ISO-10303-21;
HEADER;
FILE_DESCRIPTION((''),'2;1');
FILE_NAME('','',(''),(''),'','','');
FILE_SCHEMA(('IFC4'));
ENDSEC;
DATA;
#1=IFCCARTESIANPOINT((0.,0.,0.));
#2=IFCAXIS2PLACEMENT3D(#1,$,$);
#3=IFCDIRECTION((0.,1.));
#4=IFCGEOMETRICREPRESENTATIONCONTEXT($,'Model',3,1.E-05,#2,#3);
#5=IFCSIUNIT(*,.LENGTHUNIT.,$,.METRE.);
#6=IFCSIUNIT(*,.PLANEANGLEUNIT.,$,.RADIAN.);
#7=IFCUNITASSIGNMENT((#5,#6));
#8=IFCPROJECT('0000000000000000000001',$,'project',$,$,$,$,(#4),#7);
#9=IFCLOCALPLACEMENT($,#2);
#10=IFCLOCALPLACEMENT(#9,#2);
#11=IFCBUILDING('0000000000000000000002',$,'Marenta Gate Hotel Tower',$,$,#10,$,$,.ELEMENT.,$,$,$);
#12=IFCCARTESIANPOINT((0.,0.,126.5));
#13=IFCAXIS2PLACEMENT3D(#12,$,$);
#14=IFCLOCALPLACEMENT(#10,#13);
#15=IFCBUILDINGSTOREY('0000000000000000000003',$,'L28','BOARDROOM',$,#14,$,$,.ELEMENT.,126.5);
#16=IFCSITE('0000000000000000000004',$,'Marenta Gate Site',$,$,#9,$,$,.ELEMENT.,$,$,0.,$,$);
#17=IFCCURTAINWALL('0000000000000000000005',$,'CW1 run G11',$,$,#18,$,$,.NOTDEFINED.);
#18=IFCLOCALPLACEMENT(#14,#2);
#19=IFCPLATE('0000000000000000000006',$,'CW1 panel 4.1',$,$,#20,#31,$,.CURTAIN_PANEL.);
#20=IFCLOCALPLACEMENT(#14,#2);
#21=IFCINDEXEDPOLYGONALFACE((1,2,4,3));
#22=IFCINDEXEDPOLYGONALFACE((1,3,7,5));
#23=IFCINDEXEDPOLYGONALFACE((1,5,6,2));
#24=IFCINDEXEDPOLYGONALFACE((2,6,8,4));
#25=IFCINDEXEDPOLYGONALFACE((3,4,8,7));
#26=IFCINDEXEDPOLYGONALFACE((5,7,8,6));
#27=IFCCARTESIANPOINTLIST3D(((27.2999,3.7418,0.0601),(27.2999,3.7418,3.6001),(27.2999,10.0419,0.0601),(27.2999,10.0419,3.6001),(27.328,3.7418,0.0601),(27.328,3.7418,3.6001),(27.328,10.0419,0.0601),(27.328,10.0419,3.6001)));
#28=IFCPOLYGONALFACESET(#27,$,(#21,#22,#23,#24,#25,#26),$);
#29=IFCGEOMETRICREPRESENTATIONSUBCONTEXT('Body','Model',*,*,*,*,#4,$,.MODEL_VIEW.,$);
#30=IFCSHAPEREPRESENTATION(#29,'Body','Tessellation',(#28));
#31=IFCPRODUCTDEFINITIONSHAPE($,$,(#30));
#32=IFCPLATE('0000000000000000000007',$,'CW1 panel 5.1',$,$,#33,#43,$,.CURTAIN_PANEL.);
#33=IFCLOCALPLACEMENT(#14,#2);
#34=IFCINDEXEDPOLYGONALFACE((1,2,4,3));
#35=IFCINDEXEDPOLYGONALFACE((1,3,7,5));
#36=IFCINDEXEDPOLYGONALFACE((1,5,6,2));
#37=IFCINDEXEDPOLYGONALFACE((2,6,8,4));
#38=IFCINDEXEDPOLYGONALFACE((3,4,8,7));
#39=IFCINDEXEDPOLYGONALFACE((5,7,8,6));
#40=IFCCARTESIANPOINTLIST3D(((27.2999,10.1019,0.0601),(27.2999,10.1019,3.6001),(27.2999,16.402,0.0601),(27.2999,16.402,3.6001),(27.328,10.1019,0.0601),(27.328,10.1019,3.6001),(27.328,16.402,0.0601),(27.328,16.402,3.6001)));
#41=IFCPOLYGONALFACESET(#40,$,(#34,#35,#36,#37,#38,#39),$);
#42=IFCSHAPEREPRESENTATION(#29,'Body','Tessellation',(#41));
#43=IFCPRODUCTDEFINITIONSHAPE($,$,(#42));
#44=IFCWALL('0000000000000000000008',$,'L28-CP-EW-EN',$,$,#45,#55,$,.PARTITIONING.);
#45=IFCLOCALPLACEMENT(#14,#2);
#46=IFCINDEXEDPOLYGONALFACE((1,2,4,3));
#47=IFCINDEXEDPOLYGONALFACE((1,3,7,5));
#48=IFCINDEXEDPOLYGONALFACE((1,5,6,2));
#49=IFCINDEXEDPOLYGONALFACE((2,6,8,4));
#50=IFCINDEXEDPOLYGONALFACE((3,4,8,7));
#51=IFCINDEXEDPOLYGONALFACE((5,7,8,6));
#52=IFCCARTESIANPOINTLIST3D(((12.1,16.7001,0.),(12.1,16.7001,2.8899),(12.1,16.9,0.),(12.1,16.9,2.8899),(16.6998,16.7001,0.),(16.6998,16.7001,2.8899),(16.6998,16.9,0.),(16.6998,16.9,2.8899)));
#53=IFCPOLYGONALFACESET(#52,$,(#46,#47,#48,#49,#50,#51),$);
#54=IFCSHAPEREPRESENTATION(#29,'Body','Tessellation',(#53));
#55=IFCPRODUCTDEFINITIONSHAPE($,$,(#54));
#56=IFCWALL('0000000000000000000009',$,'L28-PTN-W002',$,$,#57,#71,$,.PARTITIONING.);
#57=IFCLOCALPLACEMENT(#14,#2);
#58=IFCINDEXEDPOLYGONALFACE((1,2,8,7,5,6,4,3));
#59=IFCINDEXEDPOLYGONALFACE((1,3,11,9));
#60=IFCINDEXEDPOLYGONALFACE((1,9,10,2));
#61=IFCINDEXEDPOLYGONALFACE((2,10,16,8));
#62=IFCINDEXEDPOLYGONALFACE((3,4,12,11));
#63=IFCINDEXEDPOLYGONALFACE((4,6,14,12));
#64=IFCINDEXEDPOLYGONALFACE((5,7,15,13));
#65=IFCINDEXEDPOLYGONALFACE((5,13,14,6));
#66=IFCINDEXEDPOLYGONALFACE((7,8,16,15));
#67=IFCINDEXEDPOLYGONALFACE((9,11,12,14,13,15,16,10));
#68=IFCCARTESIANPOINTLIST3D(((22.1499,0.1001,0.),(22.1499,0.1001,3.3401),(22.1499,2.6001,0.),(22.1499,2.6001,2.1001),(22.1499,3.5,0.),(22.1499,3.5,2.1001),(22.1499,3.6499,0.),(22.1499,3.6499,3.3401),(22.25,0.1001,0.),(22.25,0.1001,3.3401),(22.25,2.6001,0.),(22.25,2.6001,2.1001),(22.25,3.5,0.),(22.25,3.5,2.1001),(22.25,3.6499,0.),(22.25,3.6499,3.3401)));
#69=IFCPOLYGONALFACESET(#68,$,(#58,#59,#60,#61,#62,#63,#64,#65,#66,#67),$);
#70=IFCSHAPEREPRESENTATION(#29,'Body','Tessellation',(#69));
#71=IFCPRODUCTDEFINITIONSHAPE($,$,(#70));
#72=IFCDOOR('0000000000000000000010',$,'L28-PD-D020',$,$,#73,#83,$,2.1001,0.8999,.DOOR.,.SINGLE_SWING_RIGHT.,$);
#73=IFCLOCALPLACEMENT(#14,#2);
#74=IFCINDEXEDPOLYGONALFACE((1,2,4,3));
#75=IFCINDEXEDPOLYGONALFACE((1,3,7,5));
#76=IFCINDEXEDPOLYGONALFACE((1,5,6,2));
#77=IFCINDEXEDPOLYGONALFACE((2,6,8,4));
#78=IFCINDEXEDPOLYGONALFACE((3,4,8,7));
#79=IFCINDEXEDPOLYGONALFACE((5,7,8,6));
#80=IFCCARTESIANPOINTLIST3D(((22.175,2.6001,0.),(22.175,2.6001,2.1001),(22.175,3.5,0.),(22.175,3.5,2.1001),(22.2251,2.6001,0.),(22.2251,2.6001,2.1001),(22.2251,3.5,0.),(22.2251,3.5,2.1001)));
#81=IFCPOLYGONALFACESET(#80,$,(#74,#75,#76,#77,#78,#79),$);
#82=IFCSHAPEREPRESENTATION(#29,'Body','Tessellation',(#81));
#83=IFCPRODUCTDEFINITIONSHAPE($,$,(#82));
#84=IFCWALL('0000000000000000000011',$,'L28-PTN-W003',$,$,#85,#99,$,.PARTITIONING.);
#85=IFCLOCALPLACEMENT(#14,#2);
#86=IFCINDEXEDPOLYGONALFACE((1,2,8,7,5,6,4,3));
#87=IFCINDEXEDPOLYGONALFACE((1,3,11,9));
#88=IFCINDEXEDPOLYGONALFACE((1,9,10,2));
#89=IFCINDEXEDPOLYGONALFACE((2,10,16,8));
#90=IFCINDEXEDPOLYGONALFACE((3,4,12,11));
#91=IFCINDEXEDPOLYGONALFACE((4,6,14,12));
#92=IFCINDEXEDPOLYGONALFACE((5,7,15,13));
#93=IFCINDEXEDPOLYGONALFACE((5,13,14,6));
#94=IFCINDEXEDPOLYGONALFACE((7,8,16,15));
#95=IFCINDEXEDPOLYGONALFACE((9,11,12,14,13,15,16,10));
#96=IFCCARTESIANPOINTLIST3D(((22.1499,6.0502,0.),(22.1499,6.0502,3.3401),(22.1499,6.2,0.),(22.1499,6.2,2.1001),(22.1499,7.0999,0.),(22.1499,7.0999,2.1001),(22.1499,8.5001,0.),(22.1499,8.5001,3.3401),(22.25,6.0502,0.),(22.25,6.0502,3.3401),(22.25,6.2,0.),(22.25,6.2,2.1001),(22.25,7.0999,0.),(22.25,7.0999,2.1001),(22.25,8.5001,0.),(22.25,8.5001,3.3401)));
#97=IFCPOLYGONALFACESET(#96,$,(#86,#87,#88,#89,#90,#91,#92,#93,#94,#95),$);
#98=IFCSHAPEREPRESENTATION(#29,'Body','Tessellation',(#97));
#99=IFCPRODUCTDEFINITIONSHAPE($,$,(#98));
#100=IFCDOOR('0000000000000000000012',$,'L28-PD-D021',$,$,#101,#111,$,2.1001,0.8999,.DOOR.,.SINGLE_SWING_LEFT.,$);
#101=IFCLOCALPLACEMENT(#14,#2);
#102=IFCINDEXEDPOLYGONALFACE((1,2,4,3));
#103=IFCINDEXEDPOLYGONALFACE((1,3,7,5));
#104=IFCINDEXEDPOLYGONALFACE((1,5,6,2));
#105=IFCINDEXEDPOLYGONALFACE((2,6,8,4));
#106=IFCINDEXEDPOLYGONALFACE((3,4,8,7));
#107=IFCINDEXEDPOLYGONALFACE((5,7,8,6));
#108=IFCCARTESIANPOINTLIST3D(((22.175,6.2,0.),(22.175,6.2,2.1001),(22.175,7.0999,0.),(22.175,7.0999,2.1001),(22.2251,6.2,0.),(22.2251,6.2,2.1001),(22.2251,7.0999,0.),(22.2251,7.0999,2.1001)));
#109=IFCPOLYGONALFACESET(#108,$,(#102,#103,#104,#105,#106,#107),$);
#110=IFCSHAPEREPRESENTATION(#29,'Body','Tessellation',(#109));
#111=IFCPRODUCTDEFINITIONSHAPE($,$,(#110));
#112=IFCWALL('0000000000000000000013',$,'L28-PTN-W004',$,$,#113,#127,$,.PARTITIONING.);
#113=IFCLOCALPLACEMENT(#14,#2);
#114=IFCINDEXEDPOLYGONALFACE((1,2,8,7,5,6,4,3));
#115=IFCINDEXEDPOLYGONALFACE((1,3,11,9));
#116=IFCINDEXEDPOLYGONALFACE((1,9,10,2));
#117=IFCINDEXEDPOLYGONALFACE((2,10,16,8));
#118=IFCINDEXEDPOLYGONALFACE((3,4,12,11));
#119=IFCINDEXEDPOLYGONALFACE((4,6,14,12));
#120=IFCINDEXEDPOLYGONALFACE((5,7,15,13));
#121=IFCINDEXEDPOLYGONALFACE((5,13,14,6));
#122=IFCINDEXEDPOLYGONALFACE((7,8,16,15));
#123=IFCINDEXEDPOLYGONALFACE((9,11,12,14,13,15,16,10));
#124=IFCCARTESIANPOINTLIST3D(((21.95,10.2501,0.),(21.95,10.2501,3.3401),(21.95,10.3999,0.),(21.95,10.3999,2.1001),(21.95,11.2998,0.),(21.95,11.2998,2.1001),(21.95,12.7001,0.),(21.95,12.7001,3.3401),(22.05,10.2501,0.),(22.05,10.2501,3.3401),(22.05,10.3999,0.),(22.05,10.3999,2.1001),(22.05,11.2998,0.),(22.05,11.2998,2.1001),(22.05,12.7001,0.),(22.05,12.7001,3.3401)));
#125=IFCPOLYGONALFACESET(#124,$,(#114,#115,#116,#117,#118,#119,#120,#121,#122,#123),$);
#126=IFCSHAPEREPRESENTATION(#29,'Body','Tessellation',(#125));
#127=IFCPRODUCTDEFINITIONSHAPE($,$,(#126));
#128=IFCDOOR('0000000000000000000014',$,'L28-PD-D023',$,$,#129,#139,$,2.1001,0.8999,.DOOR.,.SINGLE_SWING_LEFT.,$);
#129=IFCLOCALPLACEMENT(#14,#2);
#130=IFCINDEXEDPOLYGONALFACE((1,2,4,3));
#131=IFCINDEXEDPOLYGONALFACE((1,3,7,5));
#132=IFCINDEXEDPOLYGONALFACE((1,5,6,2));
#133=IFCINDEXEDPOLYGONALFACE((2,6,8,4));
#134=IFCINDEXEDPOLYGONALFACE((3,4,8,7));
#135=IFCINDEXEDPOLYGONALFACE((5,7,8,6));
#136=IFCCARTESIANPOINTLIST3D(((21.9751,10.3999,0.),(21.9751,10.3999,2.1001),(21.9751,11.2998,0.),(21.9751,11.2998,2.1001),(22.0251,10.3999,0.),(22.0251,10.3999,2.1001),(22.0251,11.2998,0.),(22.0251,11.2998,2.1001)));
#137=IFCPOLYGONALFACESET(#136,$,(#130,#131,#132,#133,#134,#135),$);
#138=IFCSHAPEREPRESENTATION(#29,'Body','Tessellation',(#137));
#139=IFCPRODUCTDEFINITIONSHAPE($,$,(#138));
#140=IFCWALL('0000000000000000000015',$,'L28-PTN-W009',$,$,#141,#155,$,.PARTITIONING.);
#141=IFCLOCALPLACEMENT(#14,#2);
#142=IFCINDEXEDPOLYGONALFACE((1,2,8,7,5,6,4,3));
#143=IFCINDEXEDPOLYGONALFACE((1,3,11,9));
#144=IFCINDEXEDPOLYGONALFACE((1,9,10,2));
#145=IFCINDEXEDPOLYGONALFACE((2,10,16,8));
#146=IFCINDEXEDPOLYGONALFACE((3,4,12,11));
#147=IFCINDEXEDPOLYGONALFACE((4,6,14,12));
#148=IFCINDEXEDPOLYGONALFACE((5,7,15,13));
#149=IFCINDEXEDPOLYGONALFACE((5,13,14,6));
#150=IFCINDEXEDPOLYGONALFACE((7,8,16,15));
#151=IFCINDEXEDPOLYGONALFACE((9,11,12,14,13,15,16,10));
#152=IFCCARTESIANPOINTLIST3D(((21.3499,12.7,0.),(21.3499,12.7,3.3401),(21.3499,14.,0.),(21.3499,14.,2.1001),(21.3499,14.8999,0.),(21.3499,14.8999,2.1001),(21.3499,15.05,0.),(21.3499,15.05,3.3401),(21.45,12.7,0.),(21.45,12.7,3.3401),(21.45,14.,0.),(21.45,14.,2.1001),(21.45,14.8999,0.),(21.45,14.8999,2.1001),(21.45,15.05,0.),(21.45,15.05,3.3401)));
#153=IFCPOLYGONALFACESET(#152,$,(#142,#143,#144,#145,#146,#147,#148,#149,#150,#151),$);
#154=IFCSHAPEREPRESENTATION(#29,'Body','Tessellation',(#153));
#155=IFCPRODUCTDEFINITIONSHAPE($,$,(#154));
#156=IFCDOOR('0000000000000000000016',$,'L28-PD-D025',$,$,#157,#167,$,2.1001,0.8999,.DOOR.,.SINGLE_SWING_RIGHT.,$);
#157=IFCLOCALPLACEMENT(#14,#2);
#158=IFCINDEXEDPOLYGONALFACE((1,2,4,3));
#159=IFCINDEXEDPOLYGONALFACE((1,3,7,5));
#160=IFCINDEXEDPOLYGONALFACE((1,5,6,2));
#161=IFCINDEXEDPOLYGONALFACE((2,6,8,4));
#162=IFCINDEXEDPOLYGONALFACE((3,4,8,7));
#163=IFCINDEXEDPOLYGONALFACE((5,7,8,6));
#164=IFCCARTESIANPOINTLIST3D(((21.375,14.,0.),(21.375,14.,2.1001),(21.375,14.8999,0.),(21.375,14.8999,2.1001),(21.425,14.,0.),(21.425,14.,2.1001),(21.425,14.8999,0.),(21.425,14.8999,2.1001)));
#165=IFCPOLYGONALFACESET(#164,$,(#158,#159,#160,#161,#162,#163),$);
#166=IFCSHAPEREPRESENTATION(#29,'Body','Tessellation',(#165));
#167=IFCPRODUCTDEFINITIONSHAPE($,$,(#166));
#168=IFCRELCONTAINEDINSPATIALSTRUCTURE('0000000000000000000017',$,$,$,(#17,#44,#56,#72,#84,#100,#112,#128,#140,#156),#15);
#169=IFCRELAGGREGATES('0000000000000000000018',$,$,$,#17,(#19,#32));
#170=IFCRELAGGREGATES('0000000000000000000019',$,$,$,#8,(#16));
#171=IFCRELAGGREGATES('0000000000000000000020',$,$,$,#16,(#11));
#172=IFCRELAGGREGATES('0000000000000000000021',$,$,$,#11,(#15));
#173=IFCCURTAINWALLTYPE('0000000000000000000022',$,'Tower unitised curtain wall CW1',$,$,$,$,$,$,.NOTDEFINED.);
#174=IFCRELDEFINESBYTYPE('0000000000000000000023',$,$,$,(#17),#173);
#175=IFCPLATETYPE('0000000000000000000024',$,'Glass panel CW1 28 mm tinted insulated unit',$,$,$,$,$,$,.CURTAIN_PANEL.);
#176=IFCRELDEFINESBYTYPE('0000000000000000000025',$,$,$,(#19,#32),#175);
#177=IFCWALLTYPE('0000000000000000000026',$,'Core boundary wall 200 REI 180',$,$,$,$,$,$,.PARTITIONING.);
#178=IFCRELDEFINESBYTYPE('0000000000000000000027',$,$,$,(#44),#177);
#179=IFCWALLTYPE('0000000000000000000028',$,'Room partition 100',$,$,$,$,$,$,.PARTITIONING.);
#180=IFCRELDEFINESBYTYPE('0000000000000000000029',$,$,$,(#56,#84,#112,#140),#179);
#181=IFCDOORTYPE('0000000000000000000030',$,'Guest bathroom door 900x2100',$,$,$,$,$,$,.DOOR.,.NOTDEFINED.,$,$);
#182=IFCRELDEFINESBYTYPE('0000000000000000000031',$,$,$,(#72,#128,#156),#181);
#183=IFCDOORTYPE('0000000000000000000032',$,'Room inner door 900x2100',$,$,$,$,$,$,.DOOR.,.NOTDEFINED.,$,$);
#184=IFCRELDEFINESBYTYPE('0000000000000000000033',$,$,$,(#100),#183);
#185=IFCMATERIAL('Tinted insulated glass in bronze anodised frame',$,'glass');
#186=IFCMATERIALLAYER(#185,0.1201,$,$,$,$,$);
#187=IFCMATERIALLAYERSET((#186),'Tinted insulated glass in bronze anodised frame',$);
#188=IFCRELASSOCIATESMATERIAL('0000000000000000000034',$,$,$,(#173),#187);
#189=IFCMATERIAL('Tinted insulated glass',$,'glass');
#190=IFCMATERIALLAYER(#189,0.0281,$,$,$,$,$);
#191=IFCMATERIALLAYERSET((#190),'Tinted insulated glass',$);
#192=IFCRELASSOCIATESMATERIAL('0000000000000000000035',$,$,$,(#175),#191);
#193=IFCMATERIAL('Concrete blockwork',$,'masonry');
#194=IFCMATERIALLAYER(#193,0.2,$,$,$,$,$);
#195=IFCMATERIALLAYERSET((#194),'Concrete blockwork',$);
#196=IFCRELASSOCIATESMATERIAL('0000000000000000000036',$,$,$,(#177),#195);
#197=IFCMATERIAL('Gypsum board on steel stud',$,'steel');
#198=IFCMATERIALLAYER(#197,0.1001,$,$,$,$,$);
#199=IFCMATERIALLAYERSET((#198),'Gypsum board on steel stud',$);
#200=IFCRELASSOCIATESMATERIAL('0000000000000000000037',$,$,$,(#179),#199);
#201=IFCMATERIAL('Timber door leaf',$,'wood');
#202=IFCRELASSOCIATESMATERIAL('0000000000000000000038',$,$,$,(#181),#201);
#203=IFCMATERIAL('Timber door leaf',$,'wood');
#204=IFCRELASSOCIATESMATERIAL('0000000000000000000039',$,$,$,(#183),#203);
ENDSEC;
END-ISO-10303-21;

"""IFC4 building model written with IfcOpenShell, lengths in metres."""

from ifc_helpers import new_model, si_unit, direction, frame, frame_2d, origin, origin_2d, place, context, subcontext, project, spatial, rectangle, extrude, material, layer, layer_set, type_object, element, fill, aggregate, save


model = new_model("IFC4")

# Units and contexts
model_context = context("Model", 3, precision=1e-05, world=origin(), true_north=direction((0.0, 1.0)))
body_context = subcontext(model_context, "Body", "Model", "MODEL_VIEW")
ifc_project = project(units=[si_unit("LENGTHUNIT", "METRE"), si_unit("PLANEANGLEUNIT", "RADIAN")], contexts=[model_context])

# Site, building, storey
site_placement = place(None, origin())
site = spatial("IfcSite", under=ifc_project, at=site_placement, Name="Marenta Gate Site", CompositionType="ELEMENT", RefElevation=0.0)
building_placement = place(site_placement, origin())
building = spatial("IfcBuilding", under=site, at=building_placement, Name="Marenta Gate Hotel Tower", CompositionType="ELEMENT")
storey_placement = place(building_placement, frame((0.0, 0.0, 126.5)))
storey = spatial("IfcBuildingStorey", under=building, at=storey_placement, Name="L28", Description="BOARDROOM", CompositionType="ELEMENT", Elevation=126.5)

# Curtain wall, plates
ifc_material_1 = material(Name="Tinted insulated glass in bronze anodised frame", Category="glass")
ifc_layer_1 = layer(ifc_material_1, 0.1201)
ifc_layer_set_1 = layer_set([ifc_layer_1], Name="Tinted insulated glass in bronze anodised frame")
curtain_wall_type = type_object("IfcCurtainWallType", Name="Tower unitised curtain wall CW1", PredefinedType="NOTDEFINED", material=ifc_layer_set_1)
curtain_wall_placement = place(storey_placement, origin())
curtain_wall = element("IfcCurtainWall", 1, at=curtain_wall_placement, inside=storey, type_object=curtain_wall_type, Name="CW1 run G11", PredefinedType="NOTDEFINED")
ifc_material_2 = material(Name="Tinted insulated glass", Category="glass")
ifc_layer_2 = layer(ifc_material_2, 0.0281)
ifc_layer_set_2 = layer_set([ifc_layer_2], Name="Tinted insulated glass")
plate_type = type_object("IfcPlateType", Name="Glass panel CW1 28 mm tinted insulated unit", PredefinedType="CURTAIN_PANEL", material=ifc_layer_set_2)
plate_1_placement = place(storey_placement, frame((27.314, 6.8918, 0.0601), z_axis=(0.0, 0.0, 1.0), x_axis=(0.0, 1.0, 0.0)))
plate_1 = element("IfcPlate", 2, at=plate_1_placement, type_object=plate_type, Name="CW1 panel 4.1", PredefinedType="CURTAIN_PANEL", context=body_context, shape_type="SweptSolid", body=[
    extrude(rectangle(XDim=6.3, YDim=0.0281, at=origin_2d()), origin(), (0.0, 0.0, 1.0), 3.54),
])
plate_2_placement = place(storey_placement, frame((27.314, 13.252, 0.0601), z_axis=(0.0, 0.0, 1.0), x_axis=(0.0, 1.0, 0.0)))
plate_2 = element("IfcPlate", 3, at=plate_2_placement, type_object=plate_type, Name="CW1 panel 5.1", PredefinedType="CURTAIN_PANEL", context=body_context, shape_type="SweptSolid", body=[
    extrude(rectangle(XDim=6.3, YDim=0.0281, at=origin_2d()), origin(), (0.0, 0.0, 1.0), 3.54),
])
aggregate(curtain_wall, [plate_1, plate_2])

# Wall
ifc_material_3 = material(Name="Concrete blockwork", Category="masonry")
ifc_layer_3 = layer(ifc_material_3, 0.2)
ifc_layer_set_3 = layer_set([ifc_layer_3], Name="Concrete blockwork")
wall_type_1 = type_object("IfcWallType", Name="Core boundary wall 200 REI 180", PredefinedType="PARTITIONING", material=ifc_layer_set_3)
wall_1_placement = place(storey_placement, frame((12.1001, 16.8, 0.0), z_axis=(0.0, 0.0, 1.0), x_axis=(1.0, 0.0, 0.0)))
element("IfcWall", 4, at=wall_1_placement, inside=storey, type_object=wall_type_1, Name="L28-CP-EW-EN", PredefinedType="PARTITIONING", context=body_context, shape_type="SweptSolid", body=[
    extrude(rectangle(XDim=4.5999, YDim=0.2, at=frame_2d((2.2998, 0.0))), origin(), (0.0, 0.0, 1.0), 2.8899),
])

# Walls, openings, doors
ifc_material_4 = material(Name="Gypsum board on steel stud", Category="steel")
ifc_layer_4 = layer(ifc_material_4, 0.1001)
ifc_layer_set_4 = layer_set([ifc_layer_4], Name="Gypsum board on steel stud")
wall_type_2 = type_object("IfcWallType", Name="Room partition 100", PredefinedType="PARTITIONING", material=ifc_layer_set_4)
wall_2_placement = place(storey_placement, frame((22.2, 0.1001, 0.0), z_axis=(0.0, 0.0, 1.0), x_axis=(0.0, 1.0, 0.0)))
wall_2 = element("IfcWall", 5, at=wall_2_placement, inside=storey, type_object=wall_type_2, Name="L28-PTN-W002", PredefinedType="PARTITIONING", context=body_context, shape_type="SweptSolid", body=[
    extrude(rectangle(XDim=3.5498, YDim=0.1001, at=frame_2d((1.7749, 0.0))), origin(), (0.0, 0.0, 1.0), 3.3401),
])
opening_1_placement = place(wall_2_placement, frame((2.5, 0.0, 0.0)))
opening_1 = element("IfcOpeningElement", 6, at=opening_1_placement, cuts=wall_2, PredefinedType="OPENING", context=body_context, shape_type="SweptSolid", body=[
    extrude(rectangle(XDim=0.8999, YDim=2.1001, at=frame_2d((0.45, 1.05))), frame((0.0, 0.05, 0.0), z_axis=(0.0, -1.0, 0.0), x_axis=(1.0, 0.0, 0.0)), (0.0, 0.0, 1.0), 0.1001),
])
ifc_material_5 = material(Name="Timber door leaf", Category="wood")
door_type_1 = type_object("IfcDoorType", Name="Guest bathroom door 900x2100", OperationType="NOTDEFINED", PredefinedType="DOOR", material=ifc_material_5)
door_1_placement = place(opening_1_placement, origin())
door_1 = element("IfcDoor", 7, at=door_1_placement, inside=storey, type_object=door_type_1, Name="L28-PD-D020", OperationType="SINGLE_SWING_RIGHT", OverallHeight=2.1001, OverallWidth=0.8999, PredefinedType="DOOR", context=body_context, shape_type="SweptSolid", body=[
    extrude(rectangle(XDim=0.8999, YDim=2.1001, at=frame_2d((0.45, 1.05))), frame((0.0, 0.0249, 0.0), z_axis=(0.0, -1.0, 0.0), x_axis=(1.0, 0.0, 0.0)), (0.0, 0.0, 1.0), 0.05),
])
fill(opening_1, door_1)
wall_3_placement = place(storey_placement, frame((22.2, 6.05, 0.0), z_axis=(0.0, 0.0, 1.0), x_axis=(0.0, 1.0, 0.0)))
wall_3 = element("IfcWall", 8, at=wall_3_placement, inside=storey, type_object=wall_type_2, Name="L28-PTN-W003", PredefinedType="PARTITIONING", context=body_context, shape_type="SweptSolid", body=[
    extrude(rectangle(XDim=2.45, YDim=0.1001, at=frame_2d((1.2251, 0.0))), origin(), (0.0, 0.0, 1.0), 3.3401),
])
opening_2_placement = place(wall_3_placement, frame((0.1499, 0.0, 0.0)))
opening_2 = element("IfcOpeningElement", 9, at=opening_2_placement, cuts=wall_3, PredefinedType="OPENING", context=body_context, shape_type="SweptSolid", body=[
    extrude(rectangle(XDim=0.8999, YDim=2.1001, at=frame_2d((0.45, 1.05))), frame((0.0, 0.05, 0.0), z_axis=(0.0, -1.0, 0.0), x_axis=(1.0, 0.0, 0.0)), (0.0, 0.0, 1.0), 0.1001),
])
ifc_material_6 = material(Name="Timber door leaf", Category="wood")
door_type_2 = type_object("IfcDoorType", Name="Room inner door 900x2100", OperationType="NOTDEFINED", PredefinedType="DOOR", material=ifc_material_6)
door_2_placement = place(opening_2_placement, origin())
door_2 = element("IfcDoor", 10, at=door_2_placement, inside=storey, type_object=door_type_2, Name="L28-PD-D021", OperationType="SINGLE_SWING_LEFT", OverallHeight=2.1001, OverallWidth=0.8999, PredefinedType="DOOR", context=body_context, shape_type="SweptSolid", body=[
    extrude(rectangle(XDim=0.8999, YDim=2.1001, at=frame_2d((0.45, 1.05))), frame((0.0, 0.0249, 0.0), z_axis=(0.0, -1.0, 0.0), x_axis=(1.0, 0.0, 0.0)), (0.0, 0.0, 1.0), 0.05),
])
fill(opening_2, door_2)
wall_4_placement = place(storey_placement, frame((22.0, 10.25, 0.0), z_axis=(0.0, 0.0, 1.0), x_axis=(0.0, 1.0, 0.0)))
wall_4 = element("IfcWall", 11, at=wall_4_placement, inside=storey, type_object=wall_type_2, Name="L28-PTN-W004", PredefinedType="PARTITIONING", context=body_context, shape_type="SweptSolid", body=[
    extrude(rectangle(XDim=2.45, YDim=0.1001, at=frame_2d((1.2251, 0.0))), origin(), (0.0, 0.0, 1.0), 3.3401),
])
opening_3_placement = place(wall_4_placement, frame((0.1499, 0.0, 0.0)))
opening_3 = element("IfcOpeningElement", 12, at=opening_3_placement, cuts=wall_4, PredefinedType="OPENING", context=body_context, shape_type="SweptSolid", body=[
    extrude(rectangle(XDim=0.8999, YDim=2.1001, at=frame_2d((0.45, 1.05))), frame((0.0, 0.05, 0.0), z_axis=(0.0, -1.0, 0.0), x_axis=(1.0, 0.0, 0.0)), (0.0, 0.0, 1.0), 0.1001),
])
door_3_placement = place(opening_3_placement, origin())
door_3 = element("IfcDoor", 13, at=door_3_placement, inside=storey, type_object=door_type_1, Name="L28-PD-D023", OperationType="SINGLE_SWING_LEFT", OverallHeight=2.1001, OverallWidth=0.8999, PredefinedType="DOOR", context=body_context, shape_type="SweptSolid", body=[
    extrude(rectangle(XDim=0.8999, YDim=2.1001, at=frame_2d((0.45, 1.05))), frame((0.0, 0.0249, 0.0), z_axis=(0.0, -1.0, 0.0), x_axis=(1.0, 0.0, 0.0)), (0.0, 0.0, 1.0), 0.05),
])
fill(opening_3, door_3)
wall_5_placement = place(storey_placement, frame((21.3999, 12.7, 0.0), z_axis=(0.0, 0.0, 1.0), x_axis=(0.0, 1.0, 0.0)))
wall_5 = element("IfcWall", 14, at=wall_5_placement, inside=storey, type_object=wall_type_2, Name="L28-PTN-W009", PredefinedType="PARTITIONING", context=body_context, shape_type="SweptSolid", body=[
    extrude(rectangle(XDim=2.3501, YDim=0.1001, at=frame_2d((1.175, 0.0))), origin(), (0.0, 0.0, 1.0), 3.3401),
])
opening_4_placement = place(wall_5_placement, frame((1.3, 0.0, 0.0)))
opening_4 = element("IfcOpeningElement", 15, at=opening_4_placement, cuts=wall_5, PredefinedType="OPENING", context=body_context, shape_type="SweptSolid", body=[
    extrude(rectangle(XDim=0.8999, YDim=2.1001, at=frame_2d((0.45, 1.05))), frame((0.0, 0.05, 0.0), z_axis=(0.0, -1.0, 0.0), x_axis=(1.0, 0.0, 0.0)), (0.0, 0.0, 1.0), 0.1001),
])
door_4_placement = place(opening_4_placement, origin())
door_4 = element("IfcDoor", 16, at=door_4_placement, inside=storey, type_object=door_type_1, Name="L28-PD-D025", OperationType="SINGLE_SWING_RIGHT", OverallHeight=2.1001, OverallWidth=0.8999, PredefinedType="DOOR", context=body_context, shape_type="SweptSolid", body=[
    extrude(rectangle(XDim=0.8999, YDim=2.1001, at=frame_2d((0.45, 1.05))), frame((0.0, 0.0249, 0.0), z_axis=(0.0, -1.0, 0.0), x_axis=(1.0, 0.0, 0.0)), (0.0, 0.0, 1.0), 0.05),
])
fill(opening_4, door_4)

save(model, "model.ifc")
